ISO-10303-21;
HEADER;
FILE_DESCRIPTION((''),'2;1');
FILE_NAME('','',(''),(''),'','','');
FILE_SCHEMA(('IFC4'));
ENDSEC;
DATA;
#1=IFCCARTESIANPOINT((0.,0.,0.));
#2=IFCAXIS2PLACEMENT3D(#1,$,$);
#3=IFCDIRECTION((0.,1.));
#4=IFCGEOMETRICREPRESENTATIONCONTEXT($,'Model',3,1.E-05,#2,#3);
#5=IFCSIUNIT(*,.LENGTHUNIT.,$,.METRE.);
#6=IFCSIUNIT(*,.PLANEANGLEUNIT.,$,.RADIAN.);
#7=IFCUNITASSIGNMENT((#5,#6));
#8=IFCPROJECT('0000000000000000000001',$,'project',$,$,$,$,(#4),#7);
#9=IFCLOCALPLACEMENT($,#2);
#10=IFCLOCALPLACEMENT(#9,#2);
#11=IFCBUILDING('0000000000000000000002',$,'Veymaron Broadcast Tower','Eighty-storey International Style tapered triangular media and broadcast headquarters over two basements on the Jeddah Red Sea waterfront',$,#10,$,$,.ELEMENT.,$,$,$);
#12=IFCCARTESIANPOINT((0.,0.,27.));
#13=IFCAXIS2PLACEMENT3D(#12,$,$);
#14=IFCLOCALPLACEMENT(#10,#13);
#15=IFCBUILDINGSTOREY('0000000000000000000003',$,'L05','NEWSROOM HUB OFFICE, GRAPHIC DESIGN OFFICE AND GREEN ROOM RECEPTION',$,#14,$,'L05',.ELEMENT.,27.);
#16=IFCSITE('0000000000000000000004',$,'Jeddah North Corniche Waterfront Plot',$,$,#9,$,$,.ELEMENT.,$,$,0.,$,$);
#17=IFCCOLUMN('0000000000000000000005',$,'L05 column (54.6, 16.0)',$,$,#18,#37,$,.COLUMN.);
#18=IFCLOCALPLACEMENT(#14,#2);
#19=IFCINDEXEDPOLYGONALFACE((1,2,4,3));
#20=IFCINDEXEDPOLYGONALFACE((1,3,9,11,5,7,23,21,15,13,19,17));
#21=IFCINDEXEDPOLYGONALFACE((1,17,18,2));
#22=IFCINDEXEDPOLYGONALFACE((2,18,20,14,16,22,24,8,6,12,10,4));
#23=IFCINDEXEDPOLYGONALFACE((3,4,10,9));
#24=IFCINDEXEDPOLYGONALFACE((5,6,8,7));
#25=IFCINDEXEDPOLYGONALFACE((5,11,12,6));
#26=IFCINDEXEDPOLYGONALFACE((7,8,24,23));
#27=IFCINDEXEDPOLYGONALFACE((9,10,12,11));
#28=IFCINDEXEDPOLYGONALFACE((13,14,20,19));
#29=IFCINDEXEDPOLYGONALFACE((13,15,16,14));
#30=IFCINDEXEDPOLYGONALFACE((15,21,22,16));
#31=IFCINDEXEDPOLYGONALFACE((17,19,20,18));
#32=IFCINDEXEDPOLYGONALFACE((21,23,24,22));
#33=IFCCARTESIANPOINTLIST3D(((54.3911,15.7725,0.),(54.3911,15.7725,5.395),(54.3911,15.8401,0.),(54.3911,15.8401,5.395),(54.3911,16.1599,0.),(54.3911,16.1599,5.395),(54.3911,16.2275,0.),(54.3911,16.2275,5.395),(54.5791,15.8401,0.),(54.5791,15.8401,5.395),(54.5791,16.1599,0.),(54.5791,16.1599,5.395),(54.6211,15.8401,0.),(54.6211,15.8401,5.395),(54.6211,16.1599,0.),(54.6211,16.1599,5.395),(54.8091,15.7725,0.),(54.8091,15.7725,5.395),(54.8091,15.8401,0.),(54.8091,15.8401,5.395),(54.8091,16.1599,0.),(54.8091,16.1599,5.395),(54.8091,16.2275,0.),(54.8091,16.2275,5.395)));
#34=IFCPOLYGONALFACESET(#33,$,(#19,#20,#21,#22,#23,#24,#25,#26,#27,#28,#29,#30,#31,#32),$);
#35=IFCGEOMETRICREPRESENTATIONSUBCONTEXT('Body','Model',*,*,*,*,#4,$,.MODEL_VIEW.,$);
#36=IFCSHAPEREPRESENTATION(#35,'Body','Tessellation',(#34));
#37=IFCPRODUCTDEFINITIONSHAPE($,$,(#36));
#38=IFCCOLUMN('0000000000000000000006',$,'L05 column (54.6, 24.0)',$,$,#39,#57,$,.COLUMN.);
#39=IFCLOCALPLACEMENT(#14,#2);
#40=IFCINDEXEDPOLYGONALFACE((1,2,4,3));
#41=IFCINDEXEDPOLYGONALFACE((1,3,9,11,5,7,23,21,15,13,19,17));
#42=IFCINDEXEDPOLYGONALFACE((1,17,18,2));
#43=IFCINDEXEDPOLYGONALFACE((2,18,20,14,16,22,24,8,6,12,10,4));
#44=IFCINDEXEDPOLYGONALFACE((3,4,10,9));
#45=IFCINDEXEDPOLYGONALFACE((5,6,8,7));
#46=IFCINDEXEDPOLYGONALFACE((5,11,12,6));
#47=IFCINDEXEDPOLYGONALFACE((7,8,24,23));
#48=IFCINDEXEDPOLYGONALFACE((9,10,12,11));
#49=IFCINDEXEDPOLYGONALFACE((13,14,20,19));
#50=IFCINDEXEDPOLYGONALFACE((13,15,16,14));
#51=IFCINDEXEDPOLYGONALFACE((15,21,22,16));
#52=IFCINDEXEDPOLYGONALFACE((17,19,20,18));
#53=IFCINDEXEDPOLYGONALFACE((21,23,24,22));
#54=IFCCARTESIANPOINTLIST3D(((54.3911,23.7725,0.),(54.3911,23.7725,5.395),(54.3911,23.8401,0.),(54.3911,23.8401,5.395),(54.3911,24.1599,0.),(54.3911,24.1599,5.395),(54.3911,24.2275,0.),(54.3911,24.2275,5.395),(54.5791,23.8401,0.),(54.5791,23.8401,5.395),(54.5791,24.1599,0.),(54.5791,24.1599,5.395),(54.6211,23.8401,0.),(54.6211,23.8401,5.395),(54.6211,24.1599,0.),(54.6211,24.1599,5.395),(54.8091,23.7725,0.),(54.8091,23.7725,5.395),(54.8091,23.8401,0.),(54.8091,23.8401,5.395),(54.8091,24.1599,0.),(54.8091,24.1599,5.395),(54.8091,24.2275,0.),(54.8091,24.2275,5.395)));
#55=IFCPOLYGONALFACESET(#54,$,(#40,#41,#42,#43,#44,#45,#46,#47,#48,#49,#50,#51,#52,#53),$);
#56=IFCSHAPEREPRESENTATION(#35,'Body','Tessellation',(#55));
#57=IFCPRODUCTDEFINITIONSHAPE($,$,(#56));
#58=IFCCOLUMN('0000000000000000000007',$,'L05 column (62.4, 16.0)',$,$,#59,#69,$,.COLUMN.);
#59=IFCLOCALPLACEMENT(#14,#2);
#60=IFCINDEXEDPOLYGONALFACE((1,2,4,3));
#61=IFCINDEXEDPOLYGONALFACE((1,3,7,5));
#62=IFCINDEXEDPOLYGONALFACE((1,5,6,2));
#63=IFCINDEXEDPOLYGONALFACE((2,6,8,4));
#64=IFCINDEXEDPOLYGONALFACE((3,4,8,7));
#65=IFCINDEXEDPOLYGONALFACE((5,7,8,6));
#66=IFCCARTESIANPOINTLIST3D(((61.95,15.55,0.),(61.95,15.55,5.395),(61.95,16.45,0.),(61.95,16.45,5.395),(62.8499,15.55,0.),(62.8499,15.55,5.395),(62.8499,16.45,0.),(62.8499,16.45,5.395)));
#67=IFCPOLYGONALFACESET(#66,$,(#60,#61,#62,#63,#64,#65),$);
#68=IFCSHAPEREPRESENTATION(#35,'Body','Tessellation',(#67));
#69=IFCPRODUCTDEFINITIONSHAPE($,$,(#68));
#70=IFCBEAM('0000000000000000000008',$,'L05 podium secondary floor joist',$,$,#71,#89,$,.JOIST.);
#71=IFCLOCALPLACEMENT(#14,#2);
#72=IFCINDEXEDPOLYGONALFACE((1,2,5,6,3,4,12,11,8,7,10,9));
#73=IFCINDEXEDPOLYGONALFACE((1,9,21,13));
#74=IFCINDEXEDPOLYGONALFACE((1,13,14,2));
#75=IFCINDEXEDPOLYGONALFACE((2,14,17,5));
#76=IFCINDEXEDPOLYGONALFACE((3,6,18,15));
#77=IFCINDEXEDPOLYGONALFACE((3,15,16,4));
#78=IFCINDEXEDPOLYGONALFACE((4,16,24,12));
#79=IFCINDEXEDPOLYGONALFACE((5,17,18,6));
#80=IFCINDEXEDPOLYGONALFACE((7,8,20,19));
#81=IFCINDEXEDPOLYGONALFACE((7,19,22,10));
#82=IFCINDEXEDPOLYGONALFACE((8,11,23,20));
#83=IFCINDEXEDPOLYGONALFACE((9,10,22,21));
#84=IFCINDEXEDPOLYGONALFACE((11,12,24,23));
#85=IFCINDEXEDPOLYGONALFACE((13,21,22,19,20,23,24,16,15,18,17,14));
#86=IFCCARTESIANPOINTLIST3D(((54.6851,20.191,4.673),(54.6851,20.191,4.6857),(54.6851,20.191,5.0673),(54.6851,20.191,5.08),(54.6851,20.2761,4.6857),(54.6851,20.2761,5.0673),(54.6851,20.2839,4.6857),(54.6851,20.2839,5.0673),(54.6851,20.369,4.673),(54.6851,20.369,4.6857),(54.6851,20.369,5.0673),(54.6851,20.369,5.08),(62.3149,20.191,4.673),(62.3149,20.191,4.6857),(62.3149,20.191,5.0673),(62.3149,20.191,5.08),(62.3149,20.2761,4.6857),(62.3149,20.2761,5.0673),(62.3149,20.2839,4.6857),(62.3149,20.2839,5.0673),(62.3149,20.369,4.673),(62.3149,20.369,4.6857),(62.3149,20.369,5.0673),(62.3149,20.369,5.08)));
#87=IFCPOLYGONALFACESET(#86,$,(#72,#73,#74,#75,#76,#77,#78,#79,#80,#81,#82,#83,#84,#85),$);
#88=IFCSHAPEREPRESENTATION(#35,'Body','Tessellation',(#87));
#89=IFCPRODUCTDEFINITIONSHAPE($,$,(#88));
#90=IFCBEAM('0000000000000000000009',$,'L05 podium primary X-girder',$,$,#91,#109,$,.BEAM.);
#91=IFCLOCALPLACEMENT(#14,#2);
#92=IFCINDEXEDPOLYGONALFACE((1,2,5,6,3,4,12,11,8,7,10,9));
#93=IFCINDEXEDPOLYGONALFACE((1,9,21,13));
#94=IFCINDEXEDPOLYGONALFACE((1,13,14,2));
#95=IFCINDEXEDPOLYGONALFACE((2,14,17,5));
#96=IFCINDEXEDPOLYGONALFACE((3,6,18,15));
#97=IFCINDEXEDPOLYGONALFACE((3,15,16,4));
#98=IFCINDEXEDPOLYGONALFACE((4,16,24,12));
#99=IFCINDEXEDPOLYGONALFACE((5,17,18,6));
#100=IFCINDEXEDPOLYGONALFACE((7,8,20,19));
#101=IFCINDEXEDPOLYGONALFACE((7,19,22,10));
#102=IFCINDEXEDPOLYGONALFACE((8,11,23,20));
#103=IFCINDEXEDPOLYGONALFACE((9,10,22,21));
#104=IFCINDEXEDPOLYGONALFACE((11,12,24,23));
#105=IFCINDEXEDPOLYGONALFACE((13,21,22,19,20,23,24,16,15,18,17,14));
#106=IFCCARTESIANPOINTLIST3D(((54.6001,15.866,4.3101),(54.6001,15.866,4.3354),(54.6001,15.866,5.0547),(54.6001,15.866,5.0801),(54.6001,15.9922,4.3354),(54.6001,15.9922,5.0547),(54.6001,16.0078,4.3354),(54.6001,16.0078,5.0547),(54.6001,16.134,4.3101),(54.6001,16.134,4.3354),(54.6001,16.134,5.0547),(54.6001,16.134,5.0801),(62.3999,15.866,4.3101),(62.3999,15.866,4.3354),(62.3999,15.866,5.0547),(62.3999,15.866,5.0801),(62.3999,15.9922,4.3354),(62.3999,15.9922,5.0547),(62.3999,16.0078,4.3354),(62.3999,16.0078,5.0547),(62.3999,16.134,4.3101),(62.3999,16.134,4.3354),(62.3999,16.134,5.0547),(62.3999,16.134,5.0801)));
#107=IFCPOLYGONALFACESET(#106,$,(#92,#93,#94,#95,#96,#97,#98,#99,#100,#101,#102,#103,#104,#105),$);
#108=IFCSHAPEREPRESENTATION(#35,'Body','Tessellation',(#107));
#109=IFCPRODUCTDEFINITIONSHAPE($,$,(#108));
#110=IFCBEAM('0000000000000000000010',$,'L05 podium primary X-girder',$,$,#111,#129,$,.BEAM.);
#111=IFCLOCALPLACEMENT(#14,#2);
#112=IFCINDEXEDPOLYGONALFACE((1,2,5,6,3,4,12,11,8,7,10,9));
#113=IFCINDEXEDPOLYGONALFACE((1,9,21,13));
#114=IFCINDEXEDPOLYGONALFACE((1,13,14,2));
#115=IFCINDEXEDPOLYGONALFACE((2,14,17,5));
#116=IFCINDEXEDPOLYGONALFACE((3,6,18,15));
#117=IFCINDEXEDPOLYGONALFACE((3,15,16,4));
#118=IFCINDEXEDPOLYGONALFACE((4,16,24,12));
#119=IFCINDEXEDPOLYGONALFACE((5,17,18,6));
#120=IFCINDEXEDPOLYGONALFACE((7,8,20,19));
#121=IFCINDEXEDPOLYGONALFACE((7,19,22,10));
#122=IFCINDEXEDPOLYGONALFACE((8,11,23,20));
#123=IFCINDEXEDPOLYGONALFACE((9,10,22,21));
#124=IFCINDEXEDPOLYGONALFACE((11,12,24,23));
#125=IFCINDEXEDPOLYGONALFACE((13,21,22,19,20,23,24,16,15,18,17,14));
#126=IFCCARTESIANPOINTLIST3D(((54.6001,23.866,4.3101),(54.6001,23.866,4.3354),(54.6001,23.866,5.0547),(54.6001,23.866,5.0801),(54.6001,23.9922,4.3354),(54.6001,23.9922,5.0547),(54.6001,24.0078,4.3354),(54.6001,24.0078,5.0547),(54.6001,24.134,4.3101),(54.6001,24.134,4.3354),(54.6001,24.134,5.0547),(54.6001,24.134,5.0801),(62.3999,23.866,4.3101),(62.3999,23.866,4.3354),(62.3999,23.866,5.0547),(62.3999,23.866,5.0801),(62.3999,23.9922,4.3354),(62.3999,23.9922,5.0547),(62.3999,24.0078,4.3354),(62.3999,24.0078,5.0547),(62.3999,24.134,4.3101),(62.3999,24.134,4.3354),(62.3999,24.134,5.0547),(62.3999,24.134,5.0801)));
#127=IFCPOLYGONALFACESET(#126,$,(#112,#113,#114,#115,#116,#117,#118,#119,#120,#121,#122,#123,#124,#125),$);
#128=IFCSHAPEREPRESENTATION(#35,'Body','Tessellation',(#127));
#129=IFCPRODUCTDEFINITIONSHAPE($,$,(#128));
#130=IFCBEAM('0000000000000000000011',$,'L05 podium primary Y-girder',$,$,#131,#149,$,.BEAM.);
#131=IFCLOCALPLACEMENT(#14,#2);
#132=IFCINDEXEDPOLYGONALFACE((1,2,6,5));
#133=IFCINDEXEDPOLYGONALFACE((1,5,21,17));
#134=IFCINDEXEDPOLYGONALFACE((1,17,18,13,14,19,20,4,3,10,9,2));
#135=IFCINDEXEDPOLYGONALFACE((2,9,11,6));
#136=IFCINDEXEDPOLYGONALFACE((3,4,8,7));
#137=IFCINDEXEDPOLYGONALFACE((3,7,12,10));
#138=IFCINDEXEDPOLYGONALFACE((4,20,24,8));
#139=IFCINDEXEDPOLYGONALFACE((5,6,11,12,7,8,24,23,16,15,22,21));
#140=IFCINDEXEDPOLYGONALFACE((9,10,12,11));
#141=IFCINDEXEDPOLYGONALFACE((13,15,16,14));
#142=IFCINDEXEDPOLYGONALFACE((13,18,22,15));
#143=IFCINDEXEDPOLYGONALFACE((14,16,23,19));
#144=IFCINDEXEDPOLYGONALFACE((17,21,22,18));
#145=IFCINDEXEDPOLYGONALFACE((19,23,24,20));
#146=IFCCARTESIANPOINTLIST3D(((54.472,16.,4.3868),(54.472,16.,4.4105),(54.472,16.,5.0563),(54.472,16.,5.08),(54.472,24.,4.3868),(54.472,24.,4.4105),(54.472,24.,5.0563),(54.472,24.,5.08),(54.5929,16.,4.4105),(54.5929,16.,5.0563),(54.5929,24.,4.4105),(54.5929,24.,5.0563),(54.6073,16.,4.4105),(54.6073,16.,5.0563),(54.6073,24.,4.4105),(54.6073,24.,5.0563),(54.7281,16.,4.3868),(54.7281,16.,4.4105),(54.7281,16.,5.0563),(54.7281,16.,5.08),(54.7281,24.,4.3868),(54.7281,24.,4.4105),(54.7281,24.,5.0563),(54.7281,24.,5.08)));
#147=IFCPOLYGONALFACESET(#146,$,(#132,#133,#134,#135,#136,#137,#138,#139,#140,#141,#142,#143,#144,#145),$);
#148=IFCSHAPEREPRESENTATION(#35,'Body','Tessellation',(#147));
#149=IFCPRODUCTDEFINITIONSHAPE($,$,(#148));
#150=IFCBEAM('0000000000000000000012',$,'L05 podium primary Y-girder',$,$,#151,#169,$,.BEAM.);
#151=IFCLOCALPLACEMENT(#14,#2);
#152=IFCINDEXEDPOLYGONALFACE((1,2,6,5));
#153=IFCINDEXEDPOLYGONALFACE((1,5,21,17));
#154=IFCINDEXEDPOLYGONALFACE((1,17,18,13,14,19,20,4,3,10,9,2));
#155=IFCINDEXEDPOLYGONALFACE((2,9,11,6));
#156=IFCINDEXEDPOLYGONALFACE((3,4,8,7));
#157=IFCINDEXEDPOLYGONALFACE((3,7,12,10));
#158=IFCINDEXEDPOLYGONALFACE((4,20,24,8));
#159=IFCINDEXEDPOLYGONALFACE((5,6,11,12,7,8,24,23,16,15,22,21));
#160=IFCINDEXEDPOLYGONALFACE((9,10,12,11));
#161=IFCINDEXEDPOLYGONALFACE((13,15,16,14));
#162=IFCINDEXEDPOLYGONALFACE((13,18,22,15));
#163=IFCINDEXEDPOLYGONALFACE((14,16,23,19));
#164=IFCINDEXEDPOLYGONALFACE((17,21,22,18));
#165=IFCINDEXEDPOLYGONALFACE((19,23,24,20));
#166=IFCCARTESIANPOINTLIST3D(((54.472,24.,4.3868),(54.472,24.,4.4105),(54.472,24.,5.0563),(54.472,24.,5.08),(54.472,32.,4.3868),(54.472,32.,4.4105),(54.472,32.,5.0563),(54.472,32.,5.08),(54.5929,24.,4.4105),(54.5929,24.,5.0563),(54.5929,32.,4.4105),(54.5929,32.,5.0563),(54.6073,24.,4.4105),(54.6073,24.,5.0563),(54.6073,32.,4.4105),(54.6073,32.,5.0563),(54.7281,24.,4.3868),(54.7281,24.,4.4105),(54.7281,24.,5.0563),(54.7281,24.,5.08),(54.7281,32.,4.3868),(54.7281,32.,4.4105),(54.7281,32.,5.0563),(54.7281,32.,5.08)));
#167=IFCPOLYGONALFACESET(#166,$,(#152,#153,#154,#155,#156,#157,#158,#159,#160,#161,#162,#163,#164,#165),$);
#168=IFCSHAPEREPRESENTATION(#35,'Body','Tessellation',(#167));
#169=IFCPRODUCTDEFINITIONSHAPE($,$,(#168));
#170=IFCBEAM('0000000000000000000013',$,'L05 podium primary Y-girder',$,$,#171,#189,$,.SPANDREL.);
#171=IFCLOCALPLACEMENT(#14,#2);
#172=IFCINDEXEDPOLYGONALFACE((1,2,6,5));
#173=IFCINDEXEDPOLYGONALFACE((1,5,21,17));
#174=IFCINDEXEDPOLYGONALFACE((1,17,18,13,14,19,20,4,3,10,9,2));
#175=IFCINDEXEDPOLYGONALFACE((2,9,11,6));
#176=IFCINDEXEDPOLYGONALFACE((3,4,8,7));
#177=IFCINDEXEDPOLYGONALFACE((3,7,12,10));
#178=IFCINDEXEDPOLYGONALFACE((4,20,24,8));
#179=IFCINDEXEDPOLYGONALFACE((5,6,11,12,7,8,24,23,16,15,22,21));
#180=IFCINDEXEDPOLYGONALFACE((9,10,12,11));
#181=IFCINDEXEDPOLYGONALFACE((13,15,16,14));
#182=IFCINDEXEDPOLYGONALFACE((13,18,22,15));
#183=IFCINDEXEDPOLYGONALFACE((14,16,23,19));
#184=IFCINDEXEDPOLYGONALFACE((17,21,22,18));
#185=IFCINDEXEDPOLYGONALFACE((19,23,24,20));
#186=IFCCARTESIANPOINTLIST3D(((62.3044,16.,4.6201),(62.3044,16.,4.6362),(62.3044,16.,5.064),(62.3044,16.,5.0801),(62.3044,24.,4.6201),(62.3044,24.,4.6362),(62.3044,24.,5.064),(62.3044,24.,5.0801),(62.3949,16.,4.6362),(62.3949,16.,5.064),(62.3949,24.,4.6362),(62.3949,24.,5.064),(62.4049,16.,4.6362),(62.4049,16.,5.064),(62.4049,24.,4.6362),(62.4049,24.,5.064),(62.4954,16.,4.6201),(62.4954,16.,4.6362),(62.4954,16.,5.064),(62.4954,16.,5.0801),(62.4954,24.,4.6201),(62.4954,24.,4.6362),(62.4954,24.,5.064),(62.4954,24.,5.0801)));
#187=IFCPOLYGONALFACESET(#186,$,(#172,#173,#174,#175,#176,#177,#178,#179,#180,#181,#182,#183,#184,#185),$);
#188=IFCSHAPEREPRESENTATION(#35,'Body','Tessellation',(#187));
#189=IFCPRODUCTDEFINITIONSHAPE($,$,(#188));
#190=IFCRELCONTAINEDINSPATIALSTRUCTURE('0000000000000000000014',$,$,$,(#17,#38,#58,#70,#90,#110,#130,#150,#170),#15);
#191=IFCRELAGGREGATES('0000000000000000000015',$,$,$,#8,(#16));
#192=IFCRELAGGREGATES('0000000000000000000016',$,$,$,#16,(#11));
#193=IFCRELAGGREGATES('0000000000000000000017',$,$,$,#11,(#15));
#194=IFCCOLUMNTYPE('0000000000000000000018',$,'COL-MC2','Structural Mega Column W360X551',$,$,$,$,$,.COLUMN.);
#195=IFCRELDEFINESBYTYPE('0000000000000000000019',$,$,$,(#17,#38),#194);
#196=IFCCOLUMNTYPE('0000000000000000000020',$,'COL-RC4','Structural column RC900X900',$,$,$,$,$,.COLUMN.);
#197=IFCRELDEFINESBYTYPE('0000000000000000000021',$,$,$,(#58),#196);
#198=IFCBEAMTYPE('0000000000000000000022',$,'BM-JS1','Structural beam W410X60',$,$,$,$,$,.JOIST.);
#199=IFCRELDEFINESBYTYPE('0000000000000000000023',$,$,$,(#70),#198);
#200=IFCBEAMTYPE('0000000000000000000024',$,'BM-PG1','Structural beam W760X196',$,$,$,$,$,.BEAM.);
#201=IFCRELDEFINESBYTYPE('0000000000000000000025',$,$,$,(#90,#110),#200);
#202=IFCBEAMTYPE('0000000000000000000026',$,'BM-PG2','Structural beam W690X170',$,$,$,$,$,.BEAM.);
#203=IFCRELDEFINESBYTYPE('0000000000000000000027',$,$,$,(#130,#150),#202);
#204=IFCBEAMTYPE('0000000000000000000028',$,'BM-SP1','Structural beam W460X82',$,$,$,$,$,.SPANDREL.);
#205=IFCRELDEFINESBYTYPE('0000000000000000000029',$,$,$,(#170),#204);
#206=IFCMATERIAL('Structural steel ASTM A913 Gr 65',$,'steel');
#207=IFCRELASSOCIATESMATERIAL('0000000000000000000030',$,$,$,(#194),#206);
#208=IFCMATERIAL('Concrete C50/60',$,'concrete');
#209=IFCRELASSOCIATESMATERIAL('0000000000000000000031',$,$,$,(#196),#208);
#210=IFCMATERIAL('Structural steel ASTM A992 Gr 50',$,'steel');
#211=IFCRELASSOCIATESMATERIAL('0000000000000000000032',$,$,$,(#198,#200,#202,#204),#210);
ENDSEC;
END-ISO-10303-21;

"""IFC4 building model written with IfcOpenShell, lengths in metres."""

from ifc_helpers import new_model, si_unit, direction, frame, origin, origin_2d, place, context, subcontext, project, spatial, rectangle, i_section, extrude, material, material_profile, profile_set, type_object, element, save


model = new_model("IFC4")

# Units and contexts
model_context = context("Model", 3, precision=1e-05, world=origin(), true_north=direction((0.0, 1.0)))
body_context = subcontext(model_context, "Body", "Model", "MODEL_VIEW")
ifc_project = project(units=[si_unit("LENGTHUNIT", "METRE"), si_unit("PLANEANGLEUNIT", "RADIAN")], contexts=[model_context])

# Site, building, storey
site_placement = place(None, origin())
site = spatial("IfcSite", under=ifc_project, at=site_placement, Name="Jeddah North Corniche Waterfront Plot", CompositionType="ELEMENT", RefElevation=0.0)
building_placement = place(site_placement, origin())
building = spatial("IfcBuilding", under=site, at=building_placement, Name="Veymaron Broadcast Tower", Description="Eighty-storey International Style tapered triangular media and broadcast headquarters over two basements on the Jeddah Red Sea waterfront", CompositionType="ELEMENT")
storey_placement = place(building_placement, frame((0.0, 0.0, 27.0)))
storey = spatial("IfcBuildingStorey", under=building, at=storey_placement, Name="L05", Description="NEWSROOM HUB OFFICE, GRAPHIC DESIGN OFFICE AND GREEN ROOM RECEPTION", LongName="L05", CompositionType="ELEMENT", Elevation=27.0)

# Columns
ifc_material_1 = material(Name="Structural steel ASTM A913 Gr 65", Category="steel")
ifc_material_profile_1 = material_profile(ifc_material_1, i_section(OverallWidth=0.418, OverallDepth=0.4551, WebThickness=0.042, FlangeThickness=0.0676, at=origin_2d()), Name="W360X551")
ifc_profile_set_1 = profile_set([ifc_material_profile_1], Name="Structural steel ASTM A913 Gr 65")
column_type_1 = type_object("IfcColumnType", Name="COL-MC2", Description="Structural Mega Column W360X551", PredefinedType="COLUMN", material=ifc_profile_set_1)
for number, where, z_axis, x_axis, name in (
    (1, (54.6001, 16.0, 0.0), (0.0, 0.0, 1.0), (1.0, 0.0, 0.0), "L05 column (54.6, 16.0)"),
    (2, (54.6001, 24.0, 0.0), (0.0, 0.0, 1.0), (1.0, 0.0, 0.0), "L05 column (54.6, 24.0)"),
):
    element("IfcColumn", number, at=place(storey_placement, frame(where, z_axis=z_axis, x_axis=x_axis)), inside=storey, type_object=column_type_1, Name=name, PredefinedType="COLUMN", context=body_context, shape_type="SweptSolid", body=[
        extrude(i_section(OverallWidth=0.418, OverallDepth=0.4551, WebThickness=0.042, FlangeThickness=0.0676, at=origin_2d()), origin(), (0.0, 0.0, 1.0), 5.395),
    ])
ifc_material_2 = material(Name="Concrete C50/60", Category="concrete")
ifc_material_profile_2 = material_profile(ifc_material_2, rectangle(XDim=0.8999, YDim=0.8999, at=origin_2d()), Name="RC900X900")
ifc_profile_set_2 = profile_set([ifc_material_profile_2], Name="Concrete C50/60")
column_type_2 = type_object("IfcColumnType", Name="COL-RC4", Description="Structural column RC900X900", PredefinedType="COLUMN", material=ifc_profile_set_2)
column_placement = place(storey_placement, frame((62.3999, 16.0, 0.0), z_axis=(0.0, 0.0, 1.0), x_axis=(1.0, 0.0, 0.0)))
element("IfcColumn", 3, at=column_placement, inside=storey, type_object=column_type_2, Name="L05 column (62.4, 16.0)", PredefinedType="COLUMN", context=body_context, shape_type="SweptSolid", body=[
    extrude(rectangle(XDim=0.8999, YDim=0.8999, at=origin_2d()), origin(), (0.0, 0.0, 1.0), 5.395),
])

# Beams
ifc_material_3 = material(Name="Structural steel ASTM A992 Gr 50", Category="steel")
ifc_material_profile_3 = material_profile(ifc_material_3, i_section(OverallWidth=0.178, OverallDepth=0.407, WebThickness=0.0078, FlangeThickness=0.0127, at=origin_2d()), Name="W410X60")
ifc_profile_set_3 = profile_set([ifc_material_profile_3], Name="Structural steel ASTM A992 Gr 50")
beam_type_1 = type_object("IfcBeamType", Name="BM-JS1", Description="Structural beam W410X60", PredefinedType="JOIST", material=ifc_profile_set_3)
beam_1_placement = place(storey_placement, frame((54.6851, 20.28, 4.8765), z_axis=(1.0, 0.0, 0.0), x_axis=(0.0, 1.0, 0.0)))
element("IfcBeam", 4, at=beam_1_placement, inside=storey, type_object=beam_type_1, Name="L05 podium secondary floor joist", PredefinedType="JOIST", context=body_context, shape_type="SweptSolid", body=[
    extrude(i_section(OverallWidth=0.178, OverallDepth=0.407, WebThickness=0.0078, FlangeThickness=0.0127, at=origin_2d()), origin(), (0.0, 0.0, 1.0), 7.6299),
])
ifc_material_profile_4 = material_profile(ifc_material_3, i_section(OverallWidth=0.2681, OverallDepth=0.77, WebThickness=0.0156, FlangeThickness=0.0254, at=origin_2d()), Name="W760X196")
ifc_profile_set_4 = profile_set([ifc_material_profile_4], Name="Structural steel ASTM A992 Gr 50")
beam_type_2 = type_object("IfcBeamType", Name="BM-PG1", Description="Structural beam W760X196", PredefinedType="BEAM", material=ifc_profile_set_4)
for number, where, z_axis, x_axis, name in (
    (5, (54.6001, 16.0, 4.6951), (1.0, 0.0, 0.0), (0.0, 1.0, 0.0), "L05 podium primary X-girder"),
    (6, (54.6001, 24.0, 4.6951), (1.0, 0.0, 0.0), (0.0, 1.0, 0.0), "L05 podium primary X-girder"),
):
    element("IfcBeam", number, at=place(storey_placement, frame(where, z_axis=z_axis, x_axis=x_axis)), inside=storey, type_object=beam_type_2, Name=name, PredefinedType="BEAM", context=body_context, shape_type="SweptSolid", body=[
        extrude(i_section(OverallWidth=0.2681, OverallDepth=0.77, WebThickness=0.0156, FlangeThickness=0.0254, at=origin_2d()), origin(), (0.0, 0.0, 1.0), 7.7998),
    ])
ifc_material_profile_5 = material_profile(ifc_material_3, i_section(OverallWidth=0.2561, OverallDepth=0.6931, WebThickness=0.0144, FlangeThickness=0.0237, at=origin_2d()), Name="W690X170")
ifc_profile_set_5 = profile_set([ifc_material_profile_5], Name="Structural steel ASTM A992 Gr 50")
beam_type_3 = type_object("IfcBeamType", Name="BM-PG2", Description="Structural beam W690X170", PredefinedType="BEAM", material=ifc_profile_set_5)
for number, where, z_axis, x_axis, name in (
    (7, (54.6001, 16.0, 4.7334), (0.0, 1.0, 0.0), (-1.0, 0.0, 0.0), "L05 podium primary Y-girder"),
    (8, (54.6001, 24.0, 4.7334), (0.0, 1.0, 0.0), (-1.0, 0.0, 0.0), "L05 podium primary Y-girder"),
):
    element("IfcBeam", number, at=place(storey_placement, frame(where, z_axis=z_axis, x_axis=x_axis)), inside=storey, type_object=beam_type_3, Name=name, PredefinedType="BEAM", context=body_context, shape_type="SweptSolid", body=[
        extrude(i_section(OverallWidth=0.2561, OverallDepth=0.6931, WebThickness=0.0144, FlangeThickness=0.0237, at=origin_2d()), origin(), (0.0, 0.0, 1.0), 8.0),
    ])
ifc_material_profile_6 = material_profile(ifc_material_3, i_section(OverallWidth=0.1909, OverallDepth=0.46, WebThickness=0.01, FlangeThickness=0.0161, at=origin_2d()), Name="W460X82")
ifc_profile_set_6 = profile_set([ifc_material_profile_6], Name="Structural steel ASTM A992 Gr 50")
beam_type_4 = type_object("IfcBeamType", Name="BM-SP1", Description="Structural beam W460X82", PredefinedType="SPANDREL", material=ifc_profile_set_6)
beam_2_placement = place(storey_placement, frame((62.3999, 16.0, 4.8501), z_axis=(0.0, 1.0, 0.0), x_axis=(-1.0, 0.0, 0.0)))
element("IfcBeam", 9, at=beam_2_placement, inside=storey, type_object=beam_type_4, Name="L05 podium primary Y-girder", PredefinedType="SPANDREL", context=body_context, shape_type="SweptSolid", body=[
    extrude(i_section(OverallWidth=0.1909, OverallDepth=0.46, WebThickness=0.01, FlangeThickness=0.0161, at=origin_2d()), origin(), (0.0, 0.0, 1.0), 8.0),
])

save(model, "model.ifc")
